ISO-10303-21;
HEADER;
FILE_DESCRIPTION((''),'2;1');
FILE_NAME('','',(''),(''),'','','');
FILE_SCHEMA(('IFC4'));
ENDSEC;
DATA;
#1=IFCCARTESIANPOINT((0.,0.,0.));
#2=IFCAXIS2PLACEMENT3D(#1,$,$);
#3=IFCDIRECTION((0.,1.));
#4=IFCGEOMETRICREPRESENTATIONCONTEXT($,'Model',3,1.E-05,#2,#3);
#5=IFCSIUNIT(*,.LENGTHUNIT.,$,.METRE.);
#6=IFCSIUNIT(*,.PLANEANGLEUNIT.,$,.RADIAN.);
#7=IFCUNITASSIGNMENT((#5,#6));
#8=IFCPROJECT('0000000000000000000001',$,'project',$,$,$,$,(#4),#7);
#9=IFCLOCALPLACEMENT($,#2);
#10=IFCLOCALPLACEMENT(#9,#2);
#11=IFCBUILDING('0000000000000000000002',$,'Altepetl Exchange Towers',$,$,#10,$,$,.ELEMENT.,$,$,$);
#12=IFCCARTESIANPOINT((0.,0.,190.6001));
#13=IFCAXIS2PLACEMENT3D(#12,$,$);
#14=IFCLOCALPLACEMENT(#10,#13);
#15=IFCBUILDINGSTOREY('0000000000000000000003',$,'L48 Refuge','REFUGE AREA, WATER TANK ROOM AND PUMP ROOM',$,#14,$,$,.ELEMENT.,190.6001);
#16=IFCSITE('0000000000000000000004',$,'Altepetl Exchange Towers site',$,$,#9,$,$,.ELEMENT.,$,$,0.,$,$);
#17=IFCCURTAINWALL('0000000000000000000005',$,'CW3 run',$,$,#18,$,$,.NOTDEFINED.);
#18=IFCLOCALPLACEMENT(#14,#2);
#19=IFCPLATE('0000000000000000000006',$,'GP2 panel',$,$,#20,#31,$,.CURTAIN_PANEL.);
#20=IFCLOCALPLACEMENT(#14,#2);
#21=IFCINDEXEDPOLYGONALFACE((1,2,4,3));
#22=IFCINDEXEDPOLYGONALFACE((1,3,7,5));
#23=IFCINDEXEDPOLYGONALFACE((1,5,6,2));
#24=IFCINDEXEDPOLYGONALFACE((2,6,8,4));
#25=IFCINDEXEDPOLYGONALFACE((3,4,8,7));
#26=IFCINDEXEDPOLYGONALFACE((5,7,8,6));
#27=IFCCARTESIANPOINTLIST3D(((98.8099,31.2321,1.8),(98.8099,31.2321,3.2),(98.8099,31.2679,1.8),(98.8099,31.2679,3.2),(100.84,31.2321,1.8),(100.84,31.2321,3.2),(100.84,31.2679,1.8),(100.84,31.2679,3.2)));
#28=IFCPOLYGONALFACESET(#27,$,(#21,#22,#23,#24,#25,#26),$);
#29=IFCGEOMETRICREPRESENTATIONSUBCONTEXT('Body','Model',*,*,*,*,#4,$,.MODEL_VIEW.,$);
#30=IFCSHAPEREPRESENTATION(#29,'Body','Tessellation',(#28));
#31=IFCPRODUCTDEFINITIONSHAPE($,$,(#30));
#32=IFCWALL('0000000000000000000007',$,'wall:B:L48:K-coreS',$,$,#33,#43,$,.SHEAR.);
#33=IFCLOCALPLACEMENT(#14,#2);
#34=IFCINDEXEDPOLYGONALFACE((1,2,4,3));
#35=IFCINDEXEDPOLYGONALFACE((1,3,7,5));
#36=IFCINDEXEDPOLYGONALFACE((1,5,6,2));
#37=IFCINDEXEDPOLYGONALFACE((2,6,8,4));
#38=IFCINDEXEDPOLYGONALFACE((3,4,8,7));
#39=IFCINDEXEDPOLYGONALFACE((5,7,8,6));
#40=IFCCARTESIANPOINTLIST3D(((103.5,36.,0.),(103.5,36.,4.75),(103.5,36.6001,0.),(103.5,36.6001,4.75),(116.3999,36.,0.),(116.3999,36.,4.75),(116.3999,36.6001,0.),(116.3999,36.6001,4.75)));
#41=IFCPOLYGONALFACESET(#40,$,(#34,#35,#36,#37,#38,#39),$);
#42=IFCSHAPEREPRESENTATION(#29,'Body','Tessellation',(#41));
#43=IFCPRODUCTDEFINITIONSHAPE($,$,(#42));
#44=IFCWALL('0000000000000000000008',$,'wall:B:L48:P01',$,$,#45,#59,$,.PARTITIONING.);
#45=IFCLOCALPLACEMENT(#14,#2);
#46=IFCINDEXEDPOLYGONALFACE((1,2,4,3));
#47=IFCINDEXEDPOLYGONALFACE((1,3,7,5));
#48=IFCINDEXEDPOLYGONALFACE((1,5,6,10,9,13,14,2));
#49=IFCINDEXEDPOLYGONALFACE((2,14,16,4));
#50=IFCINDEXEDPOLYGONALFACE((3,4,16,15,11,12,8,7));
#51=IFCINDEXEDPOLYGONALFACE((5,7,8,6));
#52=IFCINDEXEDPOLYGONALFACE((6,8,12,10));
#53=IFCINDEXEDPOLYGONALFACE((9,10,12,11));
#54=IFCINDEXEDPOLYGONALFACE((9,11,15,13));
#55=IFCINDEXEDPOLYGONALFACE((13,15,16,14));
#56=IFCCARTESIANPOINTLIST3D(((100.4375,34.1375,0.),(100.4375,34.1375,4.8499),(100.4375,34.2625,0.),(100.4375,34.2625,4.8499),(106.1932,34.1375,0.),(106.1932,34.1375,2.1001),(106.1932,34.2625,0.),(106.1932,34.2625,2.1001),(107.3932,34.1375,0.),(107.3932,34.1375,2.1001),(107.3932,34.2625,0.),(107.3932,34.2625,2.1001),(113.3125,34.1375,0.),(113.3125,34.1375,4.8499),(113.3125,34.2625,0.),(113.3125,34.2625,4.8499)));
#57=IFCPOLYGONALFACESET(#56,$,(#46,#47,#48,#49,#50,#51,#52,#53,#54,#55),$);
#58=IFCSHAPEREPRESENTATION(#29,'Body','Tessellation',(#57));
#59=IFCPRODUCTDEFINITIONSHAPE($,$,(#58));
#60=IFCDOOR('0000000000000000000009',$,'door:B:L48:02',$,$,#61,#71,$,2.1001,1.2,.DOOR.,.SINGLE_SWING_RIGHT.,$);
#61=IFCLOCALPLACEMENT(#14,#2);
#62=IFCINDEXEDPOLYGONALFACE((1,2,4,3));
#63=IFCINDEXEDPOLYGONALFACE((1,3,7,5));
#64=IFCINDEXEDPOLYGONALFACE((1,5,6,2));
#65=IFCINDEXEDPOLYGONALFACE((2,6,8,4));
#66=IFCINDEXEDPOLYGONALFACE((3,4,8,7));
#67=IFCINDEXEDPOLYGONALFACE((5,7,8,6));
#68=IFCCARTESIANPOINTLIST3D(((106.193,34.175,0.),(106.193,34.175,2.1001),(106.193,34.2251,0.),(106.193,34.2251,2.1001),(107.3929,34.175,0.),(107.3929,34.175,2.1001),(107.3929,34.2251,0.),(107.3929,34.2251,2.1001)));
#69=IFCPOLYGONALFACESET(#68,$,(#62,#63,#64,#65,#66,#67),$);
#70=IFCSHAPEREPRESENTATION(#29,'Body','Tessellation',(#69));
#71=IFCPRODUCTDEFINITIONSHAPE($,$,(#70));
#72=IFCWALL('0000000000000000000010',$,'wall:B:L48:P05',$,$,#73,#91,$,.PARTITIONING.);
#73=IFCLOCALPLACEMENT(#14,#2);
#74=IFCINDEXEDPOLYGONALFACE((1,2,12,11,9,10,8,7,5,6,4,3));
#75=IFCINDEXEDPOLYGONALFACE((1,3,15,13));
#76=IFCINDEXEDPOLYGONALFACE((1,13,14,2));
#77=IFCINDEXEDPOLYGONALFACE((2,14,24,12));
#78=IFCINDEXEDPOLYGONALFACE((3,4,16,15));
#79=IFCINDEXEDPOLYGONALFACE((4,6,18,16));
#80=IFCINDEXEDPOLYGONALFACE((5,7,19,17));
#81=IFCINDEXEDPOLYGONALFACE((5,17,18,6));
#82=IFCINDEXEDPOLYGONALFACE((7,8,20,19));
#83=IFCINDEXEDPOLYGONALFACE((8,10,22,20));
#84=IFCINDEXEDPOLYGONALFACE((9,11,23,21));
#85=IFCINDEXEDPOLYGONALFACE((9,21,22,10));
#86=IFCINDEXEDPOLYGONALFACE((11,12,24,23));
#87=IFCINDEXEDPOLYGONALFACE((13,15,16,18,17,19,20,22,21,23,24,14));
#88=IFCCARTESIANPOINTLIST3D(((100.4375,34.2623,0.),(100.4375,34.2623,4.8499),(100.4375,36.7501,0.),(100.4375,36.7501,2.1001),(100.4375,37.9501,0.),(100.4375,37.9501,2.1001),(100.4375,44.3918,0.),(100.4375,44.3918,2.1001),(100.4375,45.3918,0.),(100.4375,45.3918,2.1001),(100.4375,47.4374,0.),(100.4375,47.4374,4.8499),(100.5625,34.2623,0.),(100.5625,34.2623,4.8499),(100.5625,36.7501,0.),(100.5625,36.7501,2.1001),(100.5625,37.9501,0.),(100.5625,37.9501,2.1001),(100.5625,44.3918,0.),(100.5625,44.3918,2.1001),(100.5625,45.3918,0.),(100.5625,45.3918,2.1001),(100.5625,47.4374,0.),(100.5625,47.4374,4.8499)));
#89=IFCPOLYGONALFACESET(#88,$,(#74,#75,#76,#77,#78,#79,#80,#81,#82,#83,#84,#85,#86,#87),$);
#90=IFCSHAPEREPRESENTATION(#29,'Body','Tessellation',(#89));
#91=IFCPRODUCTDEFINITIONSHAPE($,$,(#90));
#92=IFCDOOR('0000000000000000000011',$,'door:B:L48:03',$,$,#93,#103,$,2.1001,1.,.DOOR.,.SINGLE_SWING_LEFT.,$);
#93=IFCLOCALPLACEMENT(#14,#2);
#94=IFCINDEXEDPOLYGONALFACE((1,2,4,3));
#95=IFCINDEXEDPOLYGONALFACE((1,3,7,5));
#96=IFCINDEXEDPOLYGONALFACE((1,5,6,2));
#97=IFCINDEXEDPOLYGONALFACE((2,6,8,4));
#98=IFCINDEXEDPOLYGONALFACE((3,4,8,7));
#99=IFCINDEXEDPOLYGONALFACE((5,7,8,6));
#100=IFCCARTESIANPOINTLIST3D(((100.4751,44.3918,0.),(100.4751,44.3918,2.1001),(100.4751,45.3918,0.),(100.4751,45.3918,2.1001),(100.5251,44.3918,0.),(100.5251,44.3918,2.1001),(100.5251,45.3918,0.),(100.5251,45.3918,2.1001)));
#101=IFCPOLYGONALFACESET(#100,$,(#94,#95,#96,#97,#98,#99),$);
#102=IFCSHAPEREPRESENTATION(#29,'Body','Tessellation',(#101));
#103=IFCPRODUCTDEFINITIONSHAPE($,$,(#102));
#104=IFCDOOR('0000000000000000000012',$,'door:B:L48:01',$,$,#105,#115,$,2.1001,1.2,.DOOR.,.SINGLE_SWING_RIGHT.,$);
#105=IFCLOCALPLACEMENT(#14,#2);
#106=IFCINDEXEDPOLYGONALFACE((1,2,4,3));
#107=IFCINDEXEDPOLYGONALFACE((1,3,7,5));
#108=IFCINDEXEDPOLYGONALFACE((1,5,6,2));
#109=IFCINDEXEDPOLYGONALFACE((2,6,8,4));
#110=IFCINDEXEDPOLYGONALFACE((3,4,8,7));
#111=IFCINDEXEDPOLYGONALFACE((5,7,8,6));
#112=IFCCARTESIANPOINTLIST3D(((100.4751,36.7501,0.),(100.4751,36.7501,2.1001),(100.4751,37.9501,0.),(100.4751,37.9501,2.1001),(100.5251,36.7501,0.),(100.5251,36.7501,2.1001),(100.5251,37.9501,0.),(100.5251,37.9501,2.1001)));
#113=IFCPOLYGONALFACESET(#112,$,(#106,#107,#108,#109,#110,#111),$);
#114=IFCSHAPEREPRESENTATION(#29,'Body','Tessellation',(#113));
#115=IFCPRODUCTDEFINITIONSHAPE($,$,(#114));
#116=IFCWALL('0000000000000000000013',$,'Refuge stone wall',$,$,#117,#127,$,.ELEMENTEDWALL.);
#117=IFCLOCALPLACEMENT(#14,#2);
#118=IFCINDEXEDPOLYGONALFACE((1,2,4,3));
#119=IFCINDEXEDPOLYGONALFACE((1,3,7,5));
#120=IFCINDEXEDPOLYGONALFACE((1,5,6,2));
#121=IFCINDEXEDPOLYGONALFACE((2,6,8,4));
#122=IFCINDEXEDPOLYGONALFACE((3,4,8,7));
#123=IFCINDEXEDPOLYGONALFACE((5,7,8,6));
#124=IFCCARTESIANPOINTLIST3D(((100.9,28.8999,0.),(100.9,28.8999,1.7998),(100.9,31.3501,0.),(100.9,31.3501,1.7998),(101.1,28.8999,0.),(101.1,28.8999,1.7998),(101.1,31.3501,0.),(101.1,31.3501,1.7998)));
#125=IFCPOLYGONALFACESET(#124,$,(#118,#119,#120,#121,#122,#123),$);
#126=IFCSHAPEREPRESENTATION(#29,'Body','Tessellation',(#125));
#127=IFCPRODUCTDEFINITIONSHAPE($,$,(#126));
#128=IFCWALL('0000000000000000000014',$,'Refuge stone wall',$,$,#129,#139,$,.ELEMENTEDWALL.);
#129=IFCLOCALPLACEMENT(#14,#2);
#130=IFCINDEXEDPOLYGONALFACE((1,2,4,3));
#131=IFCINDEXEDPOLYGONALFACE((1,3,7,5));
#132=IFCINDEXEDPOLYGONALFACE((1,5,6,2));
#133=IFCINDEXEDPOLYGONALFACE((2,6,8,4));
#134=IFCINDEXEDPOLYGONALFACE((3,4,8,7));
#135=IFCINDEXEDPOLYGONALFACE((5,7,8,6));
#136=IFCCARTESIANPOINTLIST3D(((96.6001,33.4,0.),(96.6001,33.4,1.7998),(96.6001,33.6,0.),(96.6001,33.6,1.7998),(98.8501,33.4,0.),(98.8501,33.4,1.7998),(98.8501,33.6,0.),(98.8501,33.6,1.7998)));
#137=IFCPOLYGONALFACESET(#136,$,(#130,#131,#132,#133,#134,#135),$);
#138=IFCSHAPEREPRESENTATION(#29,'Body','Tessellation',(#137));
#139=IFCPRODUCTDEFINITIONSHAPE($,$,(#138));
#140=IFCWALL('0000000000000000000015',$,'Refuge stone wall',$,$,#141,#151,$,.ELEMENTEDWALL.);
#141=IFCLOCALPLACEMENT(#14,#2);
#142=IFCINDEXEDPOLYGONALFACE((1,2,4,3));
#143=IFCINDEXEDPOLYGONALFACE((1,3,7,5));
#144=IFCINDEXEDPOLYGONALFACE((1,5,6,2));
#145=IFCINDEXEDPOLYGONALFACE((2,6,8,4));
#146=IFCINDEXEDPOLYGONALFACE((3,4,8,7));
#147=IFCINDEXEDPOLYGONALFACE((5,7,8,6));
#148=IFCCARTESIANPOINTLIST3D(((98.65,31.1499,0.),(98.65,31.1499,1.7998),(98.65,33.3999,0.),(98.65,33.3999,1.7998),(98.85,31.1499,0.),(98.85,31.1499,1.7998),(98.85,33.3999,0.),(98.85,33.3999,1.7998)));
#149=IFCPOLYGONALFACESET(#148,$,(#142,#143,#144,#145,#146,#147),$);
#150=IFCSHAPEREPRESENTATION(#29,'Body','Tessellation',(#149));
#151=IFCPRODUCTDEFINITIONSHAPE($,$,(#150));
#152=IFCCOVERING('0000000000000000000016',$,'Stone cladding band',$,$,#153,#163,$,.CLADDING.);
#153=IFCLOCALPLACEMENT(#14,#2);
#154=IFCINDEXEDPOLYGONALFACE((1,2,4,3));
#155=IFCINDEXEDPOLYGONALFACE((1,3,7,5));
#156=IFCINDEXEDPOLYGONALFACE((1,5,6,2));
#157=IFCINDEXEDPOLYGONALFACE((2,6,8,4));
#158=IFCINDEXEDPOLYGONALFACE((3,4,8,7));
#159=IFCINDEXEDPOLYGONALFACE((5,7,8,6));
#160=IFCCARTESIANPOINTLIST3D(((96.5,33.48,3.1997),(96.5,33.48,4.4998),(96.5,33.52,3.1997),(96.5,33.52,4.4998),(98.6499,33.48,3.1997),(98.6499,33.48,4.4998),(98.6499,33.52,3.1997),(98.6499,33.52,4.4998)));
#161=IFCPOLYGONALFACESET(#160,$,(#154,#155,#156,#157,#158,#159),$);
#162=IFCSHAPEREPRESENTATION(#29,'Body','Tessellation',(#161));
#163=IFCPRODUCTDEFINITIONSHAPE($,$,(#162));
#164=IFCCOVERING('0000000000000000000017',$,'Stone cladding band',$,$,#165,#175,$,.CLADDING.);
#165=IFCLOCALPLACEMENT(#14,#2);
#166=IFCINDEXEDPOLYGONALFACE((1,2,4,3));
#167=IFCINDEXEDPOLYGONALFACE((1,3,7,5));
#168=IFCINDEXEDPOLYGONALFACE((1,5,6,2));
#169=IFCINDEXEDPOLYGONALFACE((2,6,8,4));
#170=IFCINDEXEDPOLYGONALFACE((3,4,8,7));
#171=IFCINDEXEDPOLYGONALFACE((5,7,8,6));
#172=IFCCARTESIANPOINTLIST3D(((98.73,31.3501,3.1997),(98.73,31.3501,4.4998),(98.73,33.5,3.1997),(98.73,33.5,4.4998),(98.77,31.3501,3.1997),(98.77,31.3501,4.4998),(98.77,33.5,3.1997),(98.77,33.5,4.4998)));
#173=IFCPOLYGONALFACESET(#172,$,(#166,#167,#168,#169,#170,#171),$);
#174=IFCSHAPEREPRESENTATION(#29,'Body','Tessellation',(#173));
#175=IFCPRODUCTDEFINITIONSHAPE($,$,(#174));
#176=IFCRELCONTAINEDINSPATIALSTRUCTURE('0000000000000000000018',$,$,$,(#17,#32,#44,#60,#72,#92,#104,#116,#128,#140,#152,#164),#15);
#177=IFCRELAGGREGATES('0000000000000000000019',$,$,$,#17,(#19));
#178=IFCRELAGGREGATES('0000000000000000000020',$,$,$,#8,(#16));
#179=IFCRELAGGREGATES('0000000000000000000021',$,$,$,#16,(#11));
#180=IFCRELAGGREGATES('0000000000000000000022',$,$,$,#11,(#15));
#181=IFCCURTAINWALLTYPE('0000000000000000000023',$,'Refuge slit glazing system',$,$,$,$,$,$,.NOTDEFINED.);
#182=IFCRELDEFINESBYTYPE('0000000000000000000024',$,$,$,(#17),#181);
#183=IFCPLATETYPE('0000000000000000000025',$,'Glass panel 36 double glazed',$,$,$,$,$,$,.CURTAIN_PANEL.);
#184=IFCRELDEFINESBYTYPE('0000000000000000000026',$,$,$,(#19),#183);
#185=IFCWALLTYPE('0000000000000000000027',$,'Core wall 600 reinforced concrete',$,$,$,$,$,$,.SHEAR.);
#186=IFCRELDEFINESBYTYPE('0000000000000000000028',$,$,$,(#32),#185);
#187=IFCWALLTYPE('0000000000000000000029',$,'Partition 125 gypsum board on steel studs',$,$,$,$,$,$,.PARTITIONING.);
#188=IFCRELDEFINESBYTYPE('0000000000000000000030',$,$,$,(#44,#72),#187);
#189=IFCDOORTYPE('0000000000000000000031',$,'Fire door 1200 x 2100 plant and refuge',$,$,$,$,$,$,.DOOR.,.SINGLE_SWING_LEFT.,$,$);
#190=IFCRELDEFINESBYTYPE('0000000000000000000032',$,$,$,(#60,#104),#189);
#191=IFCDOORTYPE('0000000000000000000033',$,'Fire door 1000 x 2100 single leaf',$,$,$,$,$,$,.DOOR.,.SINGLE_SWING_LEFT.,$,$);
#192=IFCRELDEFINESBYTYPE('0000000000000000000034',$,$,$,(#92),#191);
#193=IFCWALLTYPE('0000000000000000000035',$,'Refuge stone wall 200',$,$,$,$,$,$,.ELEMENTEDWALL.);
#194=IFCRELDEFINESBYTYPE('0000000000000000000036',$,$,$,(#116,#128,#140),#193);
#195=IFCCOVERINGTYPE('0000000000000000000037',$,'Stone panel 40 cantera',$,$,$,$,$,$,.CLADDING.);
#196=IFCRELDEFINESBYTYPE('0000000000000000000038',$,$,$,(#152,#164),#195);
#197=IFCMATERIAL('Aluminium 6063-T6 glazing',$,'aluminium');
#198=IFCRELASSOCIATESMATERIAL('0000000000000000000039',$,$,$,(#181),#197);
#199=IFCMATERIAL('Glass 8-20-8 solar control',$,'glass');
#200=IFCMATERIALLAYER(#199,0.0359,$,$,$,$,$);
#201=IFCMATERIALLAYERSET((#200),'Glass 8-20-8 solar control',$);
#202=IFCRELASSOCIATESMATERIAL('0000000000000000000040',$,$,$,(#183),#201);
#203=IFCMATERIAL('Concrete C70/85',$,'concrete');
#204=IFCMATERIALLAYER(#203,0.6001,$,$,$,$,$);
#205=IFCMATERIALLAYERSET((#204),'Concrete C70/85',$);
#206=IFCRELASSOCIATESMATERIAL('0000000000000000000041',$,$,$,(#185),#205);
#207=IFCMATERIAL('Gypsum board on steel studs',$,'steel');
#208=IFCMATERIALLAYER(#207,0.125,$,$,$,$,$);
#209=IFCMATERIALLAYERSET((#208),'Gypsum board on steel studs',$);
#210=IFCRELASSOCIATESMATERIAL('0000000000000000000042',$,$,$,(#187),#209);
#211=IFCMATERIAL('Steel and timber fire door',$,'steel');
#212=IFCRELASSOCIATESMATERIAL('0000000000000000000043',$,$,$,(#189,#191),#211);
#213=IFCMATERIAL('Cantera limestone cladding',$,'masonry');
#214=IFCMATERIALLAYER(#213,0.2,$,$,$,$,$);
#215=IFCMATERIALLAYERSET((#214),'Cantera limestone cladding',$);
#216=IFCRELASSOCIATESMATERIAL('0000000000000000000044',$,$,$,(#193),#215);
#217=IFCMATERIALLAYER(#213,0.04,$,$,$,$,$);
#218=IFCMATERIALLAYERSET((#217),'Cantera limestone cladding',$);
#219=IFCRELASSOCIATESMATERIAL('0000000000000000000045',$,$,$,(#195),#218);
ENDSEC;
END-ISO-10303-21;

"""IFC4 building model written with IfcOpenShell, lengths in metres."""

from ifc_helpers import new_model, si_unit, direction, frame, frame_2d, origin, origin_2d, place, context, subcontext, project, spatial, rectangle, extrude, material, layer, layer_set, type_object, element, fill, aggregate, save


model = new_model("IFC4")

# Units and contexts
model_context = context("Model", 3, precision=1e-05, world=origin(), true_north=direction((0.0, 1.0)))
body_context = subcontext(model_context, "Body", "Model", "MODEL_VIEW")
ifc_project = project(units=[si_unit("LENGTHUNIT", "METRE"), si_unit("PLANEANGLEUNIT", "RADIAN")], contexts=[model_context])

# Site, building, storey
site_placement = place(None, origin())
site = spatial("IfcSite", under=ifc_project, at=site_placement, Name="Altepetl Exchange Towers site", CompositionType="ELEMENT", RefElevation=0.0)
building_placement = place(site_placement, origin())
building = spatial("IfcBuilding", under=site, at=building_placement, Name="Altepetl Exchange Towers", CompositionType="ELEMENT")
storey_placement = place(building_placement, frame((0.0, 0.0, 190.6001)))
storey = spatial("IfcBuildingStorey", under=building, at=storey_placement, Name="L48 Refuge", Description="REFUGE AREA, WATER TANK ROOM AND PUMP ROOM", CompositionType="ELEMENT", Elevation=190.6001)

# Shared definitions
ifc_material_1 = material(Name="Concrete C70/85", Category="concrete")

# Shared definitions
ifc_material_2 = material(Name="Aluminium 6063-T6 glazing", Category="aluminium")
curtain_wall_type = type_object("IfcCurtainWallType", Name="Refuge slit glazing system", PredefinedType="NOTDEFINED", material=ifc_material_2)

# Curtain wall
curtain_wall_1_placement = place(storey_placement, origin())
curtain_wall_1 = element("IfcCurtainWall", 1, at=curtain_wall_1_placement, inside=storey, type_object=curtain_wall_type, Name="CW3 run", PredefinedType="NOTDEFINED")

# Plate
ifc_material_3 = material(Name="Glass 8-20-8 solar control", Category="glass")
ifc_layer_1 = layer(ifc_material_3, 0.0359)
ifc_layer_set_1 = layer_set([ifc_layer_1], Name="Glass 8-20-8 solar control")
plate_type = type_object("IfcPlateType", Name="Glass panel 36 double glazed", PredefinedType="CURTAIN_PANEL", material=ifc_layer_set_1)
plate_1_placement = place(storey_placement, frame((99.825, 31.25, 1.8)))
plate_1 = element("IfcPlate", 2, at=plate_1_placement, type_object=plate_type, Name="GP2 panel", PredefinedType="CURTAIN_PANEL", context=body_context, shape_type="SweptSolid", body=[
    extrude(rectangle(XDim=2.03, YDim=0.0359, at=origin_2d()), origin(), (0.0, 0.0, 1.0), 1.3999),
])
aggregate(curtain_wall_1, [plate_1])

# Wall
ifc_layer_2 = layer(ifc_material_1, 0.6001)
ifc_layer_set_2 = layer_set([ifc_layer_2], Name="Concrete C70/85")
wall_type_1 = type_object("IfcWallType", Name="Core wall 600 reinforced concrete", PredefinedType="SHEAR", material=ifc_layer_set_2)
wall_1_placement = place(storey_placement, frame((103.5, 36.3, 0.0)))
element("IfcWall", 3, at=wall_1_placement, inside=storey, type_object=wall_type_1, Name="wall:B:L48:K-coreS", PredefinedType="SHEAR", context=body_context, shape_type="SweptSolid", body=[
    extrude(rectangle(XDim=12.8999, YDim=0.6001, at=frame_2d((6.45, 0.0))), origin(), (0.0, 0.0, 1.0), 4.75),
])

# Wall, opening, door
ifc_material_4 = material(Name="Gypsum board on steel studs", Category="steel")
ifc_layer_3 = layer(ifc_material_4, 0.125)
ifc_layer_set_3 = layer_set([ifc_layer_3], Name="Gypsum board on steel studs")
wall_type_2 = type_object("IfcWallType", Name="Partition 125 gypsum board on steel studs", PredefinedType="PARTITIONING", material=ifc_layer_set_3)
wall_2_placement = place(storey_placement, frame((100.4375, 34.2, 0.0)))
wall_2 = element("IfcWall", 4, at=wall_2_placement, inside=storey, type_object=wall_type_2, Name="wall:B:L48:P01", PredefinedType="PARTITIONING", context=body_context, shape_type="SweptSolid", body=[
    extrude(rectangle(XDim=12.875, YDim=0.125, at=frame_2d((6.4375, 0.0))), origin(), (0.0, 0.0, 1.0), 4.8499),
])
opening_1_placement = place(wall_2_placement, frame((5.7556, 0.0, 0.0)))
opening_1 = element("IfcOpeningElement", 5, at=opening_1_placement, cuts=wall_2, PredefinedType="OPENING", context=body_context, shape_type="SweptSolid", body=[
    extrude(rectangle(XDim=1.2, YDim=2.1001, at=frame_2d((0.6001, 1.05))), frame((0.0, 0.0725, 0.0), z_axis=(0.0, -1.0, 0.0), x_axis=(1.0, 0.0, 0.0)), (0.0, 0.0, 1.0), 0.145),
])
ifc_material_5 = material(Name="Steel and timber fire door", Category="steel")
door_type_1 = type_object("IfcDoorType", Name="Fire door 1200 x 2100 plant and refuge", OperationType="SINGLE_SWING_LEFT", PredefinedType="DOOR", material=ifc_material_5)
door_1_placement = place(opening_1_placement, frame((1.2, 0.0, 0.0), x_axis=(-1.0, 0.0, 0.0)))
door_1 = element("IfcDoor", 6, at=door_1_placement, inside=storey, type_object=door_type_1, Name="door:B:L48:02", OperationType="SINGLE_SWING_RIGHT", OverallHeight=2.1001, OverallWidth=1.2, PredefinedType="DOOR", context=body_context, shape_type="SweptSolid", body=[
    extrude(rectangle(XDim=1.2, YDim=2.1001, at=frame_2d((0.6001, 1.05))), frame((0.0, 0.0249, 0.0), z_axis=(0.0, -1.0, 0.0), x_axis=(1.0, 0.0, 0.0)), (0.0, 0.0, 1.0), 0.05),
])
fill(opening_1, door_1)

# Wall, openings, doors
wall_3_placement = place(storey_placement, frame((100.5, 34.2625, 0.0), z_axis=(0.0, 0.0, 1.0), x_axis=(0.0, 1.0, 0.0)))
wall_3 = element("IfcWall", 7, at=wall_3_placement, inside=storey, type_object=wall_type_2, Name="wall:B:L48:P05", PredefinedType="PARTITIONING", context=body_context, shape_type="SweptSolid", body=[
    extrude(rectangle(XDim=13.175, YDim=0.125, at=frame_2d((6.5874, 0.0))), origin(), (0.0, 0.0, 1.0), 4.8499),
])
opening_2_placement = place(wall_3_placement, frame((2.4875, 0.0, 0.0)))
opening_2 = element("IfcOpeningElement", 8, at=opening_2_placement, cuts=wall_3, PredefinedType="OPENING", context=body_context, shape_type="SweptSolid", body=[
    extrude(rectangle(XDim=1.2, YDim=2.1001, at=frame_2d((0.6001, 1.05))), frame((0.0, 0.0725, 0.0), z_axis=(0.0, -1.0, 0.0), x_axis=(1.0, 0.0, 0.0)), (0.0, 0.0, 1.0), 0.145),
])
opening_3_placement = place(wall_3_placement, frame((10.1294, 0.0, 0.0)))
opening_3 = element("IfcOpeningElement", 9, at=opening_3_placement, cuts=wall_3, PredefinedType="OPENING", context=body_context, shape_type="SweptSolid", body=[
    extrude(rectangle(XDim=1.0, YDim=2.1001, at=frame_2d((0.5, 1.05))), frame((0.0, 0.0725, 0.0), z_axis=(0.0, -1.0, 0.0), x_axis=(1.0, 0.0, 0.0)), (0.0, 0.0, 1.0), 0.145),
])
door_type_2 = type_object("IfcDoorType", Name="Fire door 1000 x 2100 single leaf", OperationType="SINGLE_SWING_LEFT", PredefinedType="DOOR", material=ifc_material_5)
door_2_placement = place(opening_3_placement, origin())
door_2 = element("IfcDoor", 10, at=door_2_placement, inside=storey, type_object=door_type_2, Name="door:B:L48:03", OperationType="SINGLE_SWING_LEFT", OverallHeight=2.1001, OverallWidth=1.0, PredefinedType="DOOR", context=body_context, shape_type="SweptSolid", body=[
    extrude(rectangle(XDim=1.0, YDim=2.1001, at=frame_2d((0.5, 1.05))), frame((0.0, 0.0249, 0.0), z_axis=(0.0, -1.0, 0.0), x_axis=(1.0, 0.0, 0.0)), (0.0, 0.0, 1.0), 0.05),
])
fill(opening_3, door_2)
door_3_placement = place(opening_2_placement, origin())
door_3 = element("IfcDoor", 11, at=door_3_placement, inside=storey, type_object=door_type_1, Name="door:B:L48:01", OperationType="SINGLE_SWING_RIGHT", OverallHeight=2.1001, OverallWidth=1.2, PredefinedType="DOOR", context=body_context, shape_type="SweptSolid", body=[
    extrude(rectangle(XDim=1.2, YDim=2.1001, at=frame_2d((0.6001, 1.05))), frame((0.0, 0.0249, 0.0), z_axis=(0.0, -1.0, 0.0), x_axis=(1.0, 0.0, 0.0)), (0.0, 0.0, 1.0), 0.05),
])
fill(opening_2, door_3)

# Walls
ifc_material_6 = material(Name="Cantera limestone cladding", Category="masonry")
ifc_layer_4 = layer(ifc_material_6, 0.2)
ifc_layer_set_4 = layer_set([ifc_layer_4], Name="Cantera limestone cladding")
wall_type_3 = type_object("IfcWallType", Name="Refuge stone wall 200", PredefinedType="ELEMENTEDWALL", material=ifc_layer_set_4)
wall_4_placement = place(storey_placement, frame((101.0, 31.3501, 0.0), z_axis=(0.0, 0.0, 1.0), x_axis=(0.0, -1.0, 0.0)))
element("IfcWall", 12, at=wall_4_placement, inside=storey, type_object=wall_type_3, Name="Refuge stone wall", PredefinedType="ELEMENTEDWALL", context=body_context, shape_type="SweptSolid", body=[
    extrude(rectangle(XDim=2.4502, YDim=0.2, at=frame_2d((1.2251, 0.0))), origin(), (0.0, 0.0, 1.0), 1.7998),
])
wall_5_placement = place(storey_placement, frame((96.6001, 33.5, 0.0)))
element("IfcWall", 13, at=wall_5_placement, inside=storey, type_object=wall_type_3, Name="Refuge stone wall", PredefinedType="ELEMENTEDWALL", context=body_context, shape_type="SweptSolid", body=[
    extrude(rectangle(XDim=2.25, YDim=0.2, at=frame_2d((1.125, 0.0))), origin(), (0.0, 0.0, 1.0), 1.7998),
])
wall_6_placement = place(storey_placement, frame((98.75, 33.3999, 0.0), z_axis=(0.0, 0.0, 1.0), x_axis=(0.0, -1.0, 0.0)))
element("IfcWall", 14, at=wall_6_placement, inside=storey, type_object=wall_type_3, Name="Refuge stone wall", PredefinedType="ELEMENTEDWALL", context=body_context, shape_type="SweptSolid", body=[
    extrude(rectangle(XDim=2.25, YDim=0.2, at=frame_2d((1.125, 0.0))), origin(), (0.0, 0.0, 1.0), 1.7998),
])

# Coverings
ifc_layer_5 = layer(ifc_material_6, 0.04)
ifc_layer_set_5 = layer_set([ifc_layer_5], Name="Cantera limestone cladding")
covering_type = type_object("IfcCoveringType", Name="Stone panel 40 cantera", PredefinedType="CLADDING", material=ifc_layer_set_5)
covering_1_placement = place(storey_placement, frame((97.575, 33.5, 3.1997)))
element("IfcCovering", 15, at=covering_1_placement, inside=storey, type_object=covering_type, Name="Stone cladding band", PredefinedType="CLADDING", context=body_context, shape_type="SweptSolid", body=[
    extrude(rectangle(XDim=2.1499, YDim=0.04, at=origin_2d()), origin(), (0.0, 0.0, 1.0), 1.3),
])
covering_2_placement = place(storey_placement, frame((98.75, 32.425, 3.1997), z_axis=(0.0, 0.0, 1.0), x_axis=(0.0, -1.0, 0.0)))
element("IfcCovering", 16, at=covering_2_placement, inside=storey, type_object=covering_type, Name="Stone cladding band", PredefinedType="CLADDING", context=body_context, shape_type="SweptSolid", body=[
    extrude(rectangle(XDim=2.1499, YDim=0.04, at=origin_2d()), origin(), (0.0, 0.0, 1.0), 1.3),
])

save(model, "model.ifc")
